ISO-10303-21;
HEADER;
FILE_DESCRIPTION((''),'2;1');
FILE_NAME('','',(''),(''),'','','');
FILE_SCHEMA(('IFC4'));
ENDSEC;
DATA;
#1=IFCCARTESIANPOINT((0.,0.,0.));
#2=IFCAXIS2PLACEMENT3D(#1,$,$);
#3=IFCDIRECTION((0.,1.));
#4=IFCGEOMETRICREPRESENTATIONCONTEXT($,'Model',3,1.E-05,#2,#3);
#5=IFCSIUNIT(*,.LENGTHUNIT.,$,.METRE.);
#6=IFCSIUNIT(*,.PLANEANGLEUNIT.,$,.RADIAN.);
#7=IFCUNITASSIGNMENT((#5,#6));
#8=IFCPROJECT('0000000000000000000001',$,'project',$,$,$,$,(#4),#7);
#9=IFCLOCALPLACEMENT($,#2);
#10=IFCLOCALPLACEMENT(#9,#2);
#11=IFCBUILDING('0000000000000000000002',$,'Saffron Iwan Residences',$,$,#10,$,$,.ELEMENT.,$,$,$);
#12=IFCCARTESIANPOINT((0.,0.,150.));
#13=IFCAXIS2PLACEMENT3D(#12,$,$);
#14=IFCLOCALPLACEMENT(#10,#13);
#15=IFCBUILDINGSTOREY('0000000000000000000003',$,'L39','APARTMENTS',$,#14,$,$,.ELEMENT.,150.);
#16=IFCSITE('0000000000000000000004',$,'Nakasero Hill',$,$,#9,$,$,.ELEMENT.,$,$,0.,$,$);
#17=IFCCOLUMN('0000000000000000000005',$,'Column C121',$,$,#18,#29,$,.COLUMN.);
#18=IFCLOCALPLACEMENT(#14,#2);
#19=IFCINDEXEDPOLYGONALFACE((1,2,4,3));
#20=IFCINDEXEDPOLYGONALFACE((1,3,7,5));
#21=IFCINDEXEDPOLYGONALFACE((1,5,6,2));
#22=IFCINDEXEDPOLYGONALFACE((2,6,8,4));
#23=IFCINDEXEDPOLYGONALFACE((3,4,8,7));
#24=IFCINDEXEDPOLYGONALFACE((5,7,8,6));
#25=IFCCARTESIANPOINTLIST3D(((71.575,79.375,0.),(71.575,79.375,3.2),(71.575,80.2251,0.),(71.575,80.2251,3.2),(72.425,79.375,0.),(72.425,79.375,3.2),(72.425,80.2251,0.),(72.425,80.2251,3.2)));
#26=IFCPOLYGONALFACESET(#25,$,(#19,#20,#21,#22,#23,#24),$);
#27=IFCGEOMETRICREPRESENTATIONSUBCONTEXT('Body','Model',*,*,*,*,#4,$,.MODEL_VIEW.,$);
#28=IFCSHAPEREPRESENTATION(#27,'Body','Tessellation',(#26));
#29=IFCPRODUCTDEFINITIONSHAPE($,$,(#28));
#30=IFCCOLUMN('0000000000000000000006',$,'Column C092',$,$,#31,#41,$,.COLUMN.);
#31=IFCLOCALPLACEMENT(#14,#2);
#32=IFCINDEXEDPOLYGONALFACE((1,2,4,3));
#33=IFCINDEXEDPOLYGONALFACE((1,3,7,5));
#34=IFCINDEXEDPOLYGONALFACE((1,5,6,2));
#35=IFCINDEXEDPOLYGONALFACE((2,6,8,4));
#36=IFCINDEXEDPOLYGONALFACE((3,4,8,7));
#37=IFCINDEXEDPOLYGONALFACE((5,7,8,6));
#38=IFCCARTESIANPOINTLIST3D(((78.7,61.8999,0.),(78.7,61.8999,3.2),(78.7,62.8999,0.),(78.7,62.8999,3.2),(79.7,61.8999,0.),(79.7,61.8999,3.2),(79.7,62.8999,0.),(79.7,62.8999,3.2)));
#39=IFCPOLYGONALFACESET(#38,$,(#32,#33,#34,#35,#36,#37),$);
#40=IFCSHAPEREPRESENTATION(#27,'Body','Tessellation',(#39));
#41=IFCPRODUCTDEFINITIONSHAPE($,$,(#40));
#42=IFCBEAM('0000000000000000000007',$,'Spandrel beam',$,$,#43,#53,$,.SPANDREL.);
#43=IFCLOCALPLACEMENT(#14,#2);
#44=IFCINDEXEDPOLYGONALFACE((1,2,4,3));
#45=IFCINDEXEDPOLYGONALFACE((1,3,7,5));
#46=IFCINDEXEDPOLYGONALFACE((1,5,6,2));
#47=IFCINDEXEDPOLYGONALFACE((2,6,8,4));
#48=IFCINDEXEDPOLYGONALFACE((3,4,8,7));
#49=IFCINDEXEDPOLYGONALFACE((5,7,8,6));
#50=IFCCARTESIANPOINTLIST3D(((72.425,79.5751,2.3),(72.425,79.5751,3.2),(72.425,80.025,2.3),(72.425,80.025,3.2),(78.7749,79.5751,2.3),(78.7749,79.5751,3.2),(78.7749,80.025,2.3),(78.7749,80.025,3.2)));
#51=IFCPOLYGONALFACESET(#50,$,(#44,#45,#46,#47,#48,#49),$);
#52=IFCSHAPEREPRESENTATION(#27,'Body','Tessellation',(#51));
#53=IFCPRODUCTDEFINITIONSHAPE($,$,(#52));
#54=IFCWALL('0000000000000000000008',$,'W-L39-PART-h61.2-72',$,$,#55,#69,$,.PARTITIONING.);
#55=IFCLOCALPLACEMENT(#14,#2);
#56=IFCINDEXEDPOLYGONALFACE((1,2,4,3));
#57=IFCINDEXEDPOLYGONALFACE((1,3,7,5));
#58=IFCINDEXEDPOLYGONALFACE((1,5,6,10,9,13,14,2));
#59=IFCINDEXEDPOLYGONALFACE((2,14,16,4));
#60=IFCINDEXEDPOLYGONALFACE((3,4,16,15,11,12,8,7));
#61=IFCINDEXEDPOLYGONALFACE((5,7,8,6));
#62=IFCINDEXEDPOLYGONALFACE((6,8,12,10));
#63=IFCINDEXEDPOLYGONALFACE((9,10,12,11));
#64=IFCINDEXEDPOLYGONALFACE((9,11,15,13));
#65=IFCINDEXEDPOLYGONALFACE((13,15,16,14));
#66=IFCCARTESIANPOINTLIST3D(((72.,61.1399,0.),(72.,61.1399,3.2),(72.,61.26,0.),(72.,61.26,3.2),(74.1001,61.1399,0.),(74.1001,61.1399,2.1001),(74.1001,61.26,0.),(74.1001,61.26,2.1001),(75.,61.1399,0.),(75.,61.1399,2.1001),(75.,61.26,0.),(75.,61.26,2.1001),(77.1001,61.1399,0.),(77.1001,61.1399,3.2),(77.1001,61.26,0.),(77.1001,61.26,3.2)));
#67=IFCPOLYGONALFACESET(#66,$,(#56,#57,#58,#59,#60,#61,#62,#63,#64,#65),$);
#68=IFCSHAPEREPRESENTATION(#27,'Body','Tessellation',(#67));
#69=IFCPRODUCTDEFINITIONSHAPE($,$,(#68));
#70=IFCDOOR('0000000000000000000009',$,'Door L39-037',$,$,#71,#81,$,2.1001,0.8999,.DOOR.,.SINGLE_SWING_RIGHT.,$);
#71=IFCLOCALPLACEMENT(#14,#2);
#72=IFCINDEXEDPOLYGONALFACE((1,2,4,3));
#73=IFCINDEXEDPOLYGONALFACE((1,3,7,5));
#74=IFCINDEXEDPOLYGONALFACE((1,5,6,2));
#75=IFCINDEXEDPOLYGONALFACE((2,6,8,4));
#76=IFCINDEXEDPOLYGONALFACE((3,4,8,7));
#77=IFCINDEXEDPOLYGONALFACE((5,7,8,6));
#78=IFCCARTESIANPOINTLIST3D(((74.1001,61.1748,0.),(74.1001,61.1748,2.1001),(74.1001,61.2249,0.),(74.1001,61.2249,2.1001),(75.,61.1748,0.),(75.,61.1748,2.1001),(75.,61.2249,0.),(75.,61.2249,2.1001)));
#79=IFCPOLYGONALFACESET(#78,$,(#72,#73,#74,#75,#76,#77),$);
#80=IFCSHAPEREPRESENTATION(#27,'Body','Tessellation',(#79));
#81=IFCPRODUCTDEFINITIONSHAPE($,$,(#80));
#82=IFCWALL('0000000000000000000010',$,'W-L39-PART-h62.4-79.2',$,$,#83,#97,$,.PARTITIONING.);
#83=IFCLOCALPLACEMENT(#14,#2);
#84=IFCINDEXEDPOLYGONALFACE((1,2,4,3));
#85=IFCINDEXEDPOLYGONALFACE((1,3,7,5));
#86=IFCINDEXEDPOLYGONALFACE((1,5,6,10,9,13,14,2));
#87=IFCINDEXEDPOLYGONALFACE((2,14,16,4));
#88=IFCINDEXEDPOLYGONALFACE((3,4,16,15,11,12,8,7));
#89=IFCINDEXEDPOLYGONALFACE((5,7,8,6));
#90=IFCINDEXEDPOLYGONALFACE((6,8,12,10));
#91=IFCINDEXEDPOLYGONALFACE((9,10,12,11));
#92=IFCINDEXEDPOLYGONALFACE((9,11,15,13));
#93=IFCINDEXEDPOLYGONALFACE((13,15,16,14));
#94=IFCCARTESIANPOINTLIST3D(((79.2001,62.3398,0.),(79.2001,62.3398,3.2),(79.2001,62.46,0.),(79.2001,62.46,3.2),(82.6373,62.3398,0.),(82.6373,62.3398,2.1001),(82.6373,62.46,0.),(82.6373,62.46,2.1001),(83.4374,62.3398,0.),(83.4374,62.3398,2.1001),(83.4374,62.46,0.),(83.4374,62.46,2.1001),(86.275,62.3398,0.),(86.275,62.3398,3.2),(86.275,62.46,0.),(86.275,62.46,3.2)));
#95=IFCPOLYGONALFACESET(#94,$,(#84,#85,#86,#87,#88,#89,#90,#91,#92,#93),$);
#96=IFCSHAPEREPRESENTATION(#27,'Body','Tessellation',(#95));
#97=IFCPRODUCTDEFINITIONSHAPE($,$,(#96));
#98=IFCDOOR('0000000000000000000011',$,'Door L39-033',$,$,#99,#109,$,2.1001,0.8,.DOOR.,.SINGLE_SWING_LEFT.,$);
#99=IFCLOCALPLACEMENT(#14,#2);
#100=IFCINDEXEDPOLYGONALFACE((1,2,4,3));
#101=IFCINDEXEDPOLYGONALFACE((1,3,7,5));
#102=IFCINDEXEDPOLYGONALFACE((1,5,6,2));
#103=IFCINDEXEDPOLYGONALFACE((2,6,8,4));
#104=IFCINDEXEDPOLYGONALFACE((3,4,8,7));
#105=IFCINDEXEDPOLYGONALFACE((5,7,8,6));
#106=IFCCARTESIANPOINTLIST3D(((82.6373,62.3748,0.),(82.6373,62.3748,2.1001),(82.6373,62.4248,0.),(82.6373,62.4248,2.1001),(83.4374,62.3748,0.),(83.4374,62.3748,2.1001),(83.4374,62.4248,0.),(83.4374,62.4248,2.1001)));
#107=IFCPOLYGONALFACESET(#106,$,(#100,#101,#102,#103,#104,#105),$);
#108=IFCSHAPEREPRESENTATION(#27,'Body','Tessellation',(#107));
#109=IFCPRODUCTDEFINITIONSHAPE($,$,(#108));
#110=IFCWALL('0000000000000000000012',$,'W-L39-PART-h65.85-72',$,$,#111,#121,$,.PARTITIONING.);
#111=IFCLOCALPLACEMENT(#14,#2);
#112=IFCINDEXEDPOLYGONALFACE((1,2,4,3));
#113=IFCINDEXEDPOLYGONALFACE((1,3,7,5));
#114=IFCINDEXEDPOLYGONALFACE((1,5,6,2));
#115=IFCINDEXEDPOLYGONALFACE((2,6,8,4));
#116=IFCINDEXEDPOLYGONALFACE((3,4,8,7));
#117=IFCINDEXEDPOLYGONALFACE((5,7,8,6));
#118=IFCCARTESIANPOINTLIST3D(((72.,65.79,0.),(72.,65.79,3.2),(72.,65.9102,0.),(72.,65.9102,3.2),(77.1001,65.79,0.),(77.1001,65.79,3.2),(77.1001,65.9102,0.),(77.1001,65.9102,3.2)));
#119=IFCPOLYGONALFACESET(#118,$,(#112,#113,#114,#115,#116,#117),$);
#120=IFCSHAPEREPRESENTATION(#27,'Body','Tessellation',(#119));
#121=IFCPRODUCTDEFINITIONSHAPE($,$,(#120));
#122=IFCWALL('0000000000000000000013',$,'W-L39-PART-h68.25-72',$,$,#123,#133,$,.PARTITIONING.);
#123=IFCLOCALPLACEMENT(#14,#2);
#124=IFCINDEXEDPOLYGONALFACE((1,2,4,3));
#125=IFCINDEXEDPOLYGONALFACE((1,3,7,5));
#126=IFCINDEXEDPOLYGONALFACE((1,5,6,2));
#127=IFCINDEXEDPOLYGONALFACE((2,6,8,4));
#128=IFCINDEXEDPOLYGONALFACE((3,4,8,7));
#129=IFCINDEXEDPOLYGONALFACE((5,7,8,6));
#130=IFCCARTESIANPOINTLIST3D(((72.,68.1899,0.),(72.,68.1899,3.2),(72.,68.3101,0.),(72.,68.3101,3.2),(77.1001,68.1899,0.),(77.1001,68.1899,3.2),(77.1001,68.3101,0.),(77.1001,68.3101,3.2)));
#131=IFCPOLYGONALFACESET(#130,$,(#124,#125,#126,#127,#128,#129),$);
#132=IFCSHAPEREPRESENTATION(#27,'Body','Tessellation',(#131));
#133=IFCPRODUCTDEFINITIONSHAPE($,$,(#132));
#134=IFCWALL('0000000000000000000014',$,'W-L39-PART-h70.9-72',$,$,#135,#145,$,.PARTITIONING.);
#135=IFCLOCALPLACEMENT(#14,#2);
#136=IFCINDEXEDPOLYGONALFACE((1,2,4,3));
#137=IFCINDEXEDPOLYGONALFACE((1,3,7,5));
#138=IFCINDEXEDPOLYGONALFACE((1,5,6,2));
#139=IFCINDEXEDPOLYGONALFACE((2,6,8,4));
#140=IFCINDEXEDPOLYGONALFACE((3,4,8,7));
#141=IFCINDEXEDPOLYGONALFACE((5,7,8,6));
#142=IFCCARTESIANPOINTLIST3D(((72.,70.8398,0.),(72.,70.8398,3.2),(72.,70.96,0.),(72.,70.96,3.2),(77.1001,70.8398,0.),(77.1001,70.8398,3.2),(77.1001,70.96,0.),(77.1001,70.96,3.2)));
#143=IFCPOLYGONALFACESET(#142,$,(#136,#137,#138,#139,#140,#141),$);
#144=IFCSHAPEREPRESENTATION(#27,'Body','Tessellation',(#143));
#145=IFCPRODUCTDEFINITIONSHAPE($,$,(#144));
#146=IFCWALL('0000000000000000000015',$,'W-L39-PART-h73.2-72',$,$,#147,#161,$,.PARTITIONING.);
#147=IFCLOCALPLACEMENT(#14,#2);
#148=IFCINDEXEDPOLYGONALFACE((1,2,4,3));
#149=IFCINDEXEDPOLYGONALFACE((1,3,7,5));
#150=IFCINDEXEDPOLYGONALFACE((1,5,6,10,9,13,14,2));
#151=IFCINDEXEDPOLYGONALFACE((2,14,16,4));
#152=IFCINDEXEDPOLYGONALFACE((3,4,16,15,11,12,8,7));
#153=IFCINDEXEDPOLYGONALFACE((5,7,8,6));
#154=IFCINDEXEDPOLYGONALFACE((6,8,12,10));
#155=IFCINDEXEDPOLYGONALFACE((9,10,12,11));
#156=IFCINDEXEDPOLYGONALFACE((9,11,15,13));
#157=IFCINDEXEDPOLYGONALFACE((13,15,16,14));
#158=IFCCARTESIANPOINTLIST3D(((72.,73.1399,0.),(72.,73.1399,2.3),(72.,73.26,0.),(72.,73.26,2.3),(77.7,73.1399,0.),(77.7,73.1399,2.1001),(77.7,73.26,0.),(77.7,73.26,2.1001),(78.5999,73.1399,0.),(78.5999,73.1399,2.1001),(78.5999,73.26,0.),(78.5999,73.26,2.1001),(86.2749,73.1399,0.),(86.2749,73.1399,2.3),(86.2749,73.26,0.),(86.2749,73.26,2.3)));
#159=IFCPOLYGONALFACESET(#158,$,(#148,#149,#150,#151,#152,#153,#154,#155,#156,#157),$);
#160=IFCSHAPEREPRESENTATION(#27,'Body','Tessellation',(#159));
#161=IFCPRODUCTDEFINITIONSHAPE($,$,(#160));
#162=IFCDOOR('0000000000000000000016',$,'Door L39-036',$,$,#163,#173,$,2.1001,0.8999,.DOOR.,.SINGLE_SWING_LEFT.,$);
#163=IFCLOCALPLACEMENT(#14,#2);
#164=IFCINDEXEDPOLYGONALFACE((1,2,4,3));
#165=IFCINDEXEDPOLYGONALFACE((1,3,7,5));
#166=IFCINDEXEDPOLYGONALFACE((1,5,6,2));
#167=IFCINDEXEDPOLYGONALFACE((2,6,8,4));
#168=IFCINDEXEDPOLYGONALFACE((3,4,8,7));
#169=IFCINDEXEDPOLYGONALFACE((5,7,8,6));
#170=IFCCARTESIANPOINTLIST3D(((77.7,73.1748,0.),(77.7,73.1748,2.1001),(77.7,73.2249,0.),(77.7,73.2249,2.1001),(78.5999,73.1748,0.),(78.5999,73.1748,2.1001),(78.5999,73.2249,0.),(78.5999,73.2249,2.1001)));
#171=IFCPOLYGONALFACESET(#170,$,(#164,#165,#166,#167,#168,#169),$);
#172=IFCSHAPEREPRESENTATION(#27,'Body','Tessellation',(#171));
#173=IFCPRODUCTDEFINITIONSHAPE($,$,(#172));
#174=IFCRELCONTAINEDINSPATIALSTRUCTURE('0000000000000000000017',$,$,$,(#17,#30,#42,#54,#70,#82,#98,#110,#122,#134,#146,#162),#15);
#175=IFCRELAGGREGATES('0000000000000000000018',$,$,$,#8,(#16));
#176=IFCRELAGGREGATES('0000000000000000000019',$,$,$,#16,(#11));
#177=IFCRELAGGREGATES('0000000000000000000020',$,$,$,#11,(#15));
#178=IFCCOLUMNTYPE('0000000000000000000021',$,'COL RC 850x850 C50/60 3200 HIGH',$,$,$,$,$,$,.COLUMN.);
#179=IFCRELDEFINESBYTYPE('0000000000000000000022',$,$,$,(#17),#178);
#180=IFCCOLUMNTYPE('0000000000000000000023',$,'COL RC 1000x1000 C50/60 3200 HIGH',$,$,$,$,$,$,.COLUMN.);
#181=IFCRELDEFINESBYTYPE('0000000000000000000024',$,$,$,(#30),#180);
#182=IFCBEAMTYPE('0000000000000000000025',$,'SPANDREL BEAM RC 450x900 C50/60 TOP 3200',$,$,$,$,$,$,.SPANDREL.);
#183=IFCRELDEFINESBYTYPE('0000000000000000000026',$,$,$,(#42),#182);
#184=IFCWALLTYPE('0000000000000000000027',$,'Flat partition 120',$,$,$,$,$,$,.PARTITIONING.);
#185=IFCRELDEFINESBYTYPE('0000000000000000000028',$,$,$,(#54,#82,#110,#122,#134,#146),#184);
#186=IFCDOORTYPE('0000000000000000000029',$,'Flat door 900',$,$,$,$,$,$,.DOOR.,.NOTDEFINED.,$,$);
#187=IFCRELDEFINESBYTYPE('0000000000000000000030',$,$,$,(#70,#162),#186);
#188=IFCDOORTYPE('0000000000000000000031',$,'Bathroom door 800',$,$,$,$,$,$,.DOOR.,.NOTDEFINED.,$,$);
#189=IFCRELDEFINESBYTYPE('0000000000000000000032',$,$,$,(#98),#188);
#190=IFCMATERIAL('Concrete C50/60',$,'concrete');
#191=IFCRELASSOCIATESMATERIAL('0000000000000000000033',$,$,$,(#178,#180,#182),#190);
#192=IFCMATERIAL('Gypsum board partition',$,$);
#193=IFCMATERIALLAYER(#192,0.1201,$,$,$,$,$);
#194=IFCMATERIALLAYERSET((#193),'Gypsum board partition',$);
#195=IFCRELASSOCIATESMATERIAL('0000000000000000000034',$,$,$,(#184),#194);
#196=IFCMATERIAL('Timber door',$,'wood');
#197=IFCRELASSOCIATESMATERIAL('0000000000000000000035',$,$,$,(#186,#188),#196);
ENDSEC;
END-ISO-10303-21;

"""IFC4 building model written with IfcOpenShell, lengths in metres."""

from ifc_helpers import new_model, si_unit, direction, frame, frame_2d, origin, origin_2d, place, context, subcontext, project, spatial, rectangle, extrude, source, transform, mapped, material, layer, layer_set, material_profile, profile_set, type_object, element, fill, save


model = new_model("IFC4")

# Units and contexts
model_context = context("Model", 3, precision=1e-05, world=origin(), true_north=direction((0.0, 1.0)))
body_context = subcontext(model_context, "Body", "Model", "MODEL_VIEW")
ifc_project = project(units=[si_unit("LENGTHUNIT", "METRE"), si_unit("PLANEANGLEUNIT", "RADIAN")], contexts=[model_context])

# Site, building, storey
site_placement = place(None, origin())
site = spatial("IfcSite", under=ifc_project, at=site_placement, Name="Nakasero Hill", CompositionType="ELEMENT", RefElevation=0.0)
building_placement = place(site_placement, origin())
building = spatial("IfcBuilding", under=site, at=building_placement, Name="Saffron Iwan Residences", CompositionType="ELEMENT")
storey_placement = place(building_placement, frame((0.0, 0.0, 150.0)))
storey = spatial("IfcBuildingStorey", under=building, at=storey_placement, Name="L39", Description="APARTMENTS", CompositionType="ELEMENT", Elevation=150.0)

# Columns
ifc_material_1 = material(Name="Concrete C50/60", Category="concrete")
ifc_material_profile_1 = material_profile(ifc_material_1, rectangle(XDim=0.8501, YDim=0.8501, at=origin_2d()), Name="RC 850x850")
ifc_profile_set_1 = profile_set([ifc_material_profile_1], Name="Concrete C50/60")
column_type_1 = type_object("IfcColumnType", Name="COL RC 850x850 C50/60 3200 HIGH", PredefinedType="COLUMN", material=ifc_profile_set_1)
shared_shape_1 = source(origin(), body_context, "Body", "SweptSolid", [
    extrude(rectangle(XDim=0.8501, YDim=0.8501, at=origin_2d()), origin(), (0.0, 0.0, 1.0), 3.2),
])
column_1_placement = place(storey_placement, frame((72.0, 79.8, 0.0), z_axis=(0.0, 0.0, 1.0), x_axis=(1.0, 0.0, 0.0)))
element("IfcColumn", 1, at=column_1_placement, inside=storey, type_object=column_type_1, Name="Column C121", PredefinedType="COLUMN", context=body_context, shape_type="MappedRepresentation", body=[
    mapped(shared_shape_1, transform((0.0, 0.0, 0.0))),
])
ifc_material_profile_2 = material_profile(ifc_material_1, rectangle(XDim=1.0, YDim=1.0, at=origin_2d()), Name="RC 1000x1000")
ifc_profile_set_2 = profile_set([ifc_material_profile_2], Name="Concrete C50/60")
column_type_2 = type_object("IfcColumnType", Name="COL RC 1000x1000 C50/60 3200 HIGH", PredefinedType="COLUMN", material=ifc_profile_set_2)
shared_shape_2 = source(origin(), body_context, "Body", "SweptSolid", [
    extrude(rectangle(XDim=1.0, YDim=1.0, at=origin_2d()), origin(), (0.0, 0.0, 1.0), 3.2),
])
column_2_placement = place(storey_placement, frame((79.2, 62.3999, 0.0), z_axis=(0.0, 0.0, 1.0), x_axis=(1.0, 0.0, 0.0)))
element("IfcColumn", 2, at=column_2_placement, inside=storey, type_object=column_type_2, Name="Column C092", PredefinedType="COLUMN", context=body_context, shape_type="MappedRepresentation", body=[
    mapped(shared_shape_2, transform((0.0, 0.0, 0.0))),
])

# Beam
ifc_material_profile_3 = material_profile(ifc_material_1, rectangle(XDim=0.45, YDim=0.8999, at=origin_2d()), Name="RC 450x900")
ifc_profile_set_3 = profile_set([ifc_material_profile_3], Name="Concrete C50/60")
beam_type = type_object("IfcBeamType", Name="SPANDREL BEAM RC 450x900 C50/60 TOP 3200", PredefinedType="SPANDREL", material=ifc_profile_set_3)
shared_shape_3 = source(origin(), body_context, "Body", "SweptSolid", [
    extrude(rectangle(XDim=0.45, YDim=0.8999, at=origin_2d()), origin(), (0.0, 0.0, 1.0), 6.3499),
])
beam_placement = place(storey_placement, frame((72.425, 79.8, 2.75), z_axis=(1.0, 0.0, 0.0), x_axis=(0.0, 1.0, 0.0)))
element("IfcBeam", 3, at=beam_placement, inside=storey, type_object=beam_type, Name="Spandrel beam", PredefinedType="SPANDREL", context=body_context, shape_type="MappedRepresentation", body=[
    mapped(shared_shape_3, transform((0.0, 0.0, 0.0))),
])

# Walls, openings, doors
ifc_material_2 = material(Name="Gypsum board partition")
ifc_layer_1 = layer(ifc_material_2, 0.1201)
ifc_layer_set_1 = layer_set([ifc_layer_1], Name="Gypsum board partition")
wall_type_1 = type_object("IfcWallType", Name="Flat partition 120", PredefinedType="PARTITIONING", material=ifc_layer_set_1)
wall_1_placement = place(storey_placement, frame((72.0, 61.2, 0.0), z_axis=(0.0, 0.0, 1.0), x_axis=(1.0, 0.0, 0.0)))
wall_1 = element("IfcWall", 4, at=wall_1_placement, inside=storey, type_object=wall_type_1, Name="W-L39-PART-h61.2-72", PredefinedType="PARTITIONING", context=body_context, shape_type="SweptSolid", body=[
    extrude(rectangle(XDim=5.1001, YDim=0.1201, at=frame_2d((2.55, 0.0))), origin(), (0.0, 0.0, 1.0), 3.2),
])
opening_1_placement = place(wall_1_placement, frame((2.1001, 0.0, 0.0)))
opening_1 = element("IfcOpeningElement", 5, at=opening_1_placement, cuts=wall_1, PredefinedType="OPENING", context=body_context, shape_type="SweptSolid", body=[
    extrude(rectangle(XDim=0.8999, YDim=2.1001, at=frame_2d((0.45, 1.05))), frame((0.0, 0.0701, 0.0), z_axis=(0.0, -1.0, 0.0), x_axis=(1.0, 0.0, 0.0)), (0.0, 0.0, 1.0), 0.1401),
])
ifc_material_3 = material(Name="Timber door", Category="wood")
door_type_1 = type_object("IfcDoorType", Name="Flat door 900", OperationType="NOTDEFINED", PredefinedType="DOOR", material=ifc_material_3)
door_1_placement = place(opening_1_placement, origin())
door_1 = element("IfcDoor", 6, at=door_1_placement, inside=storey, type_object=door_type_1, Name="Door L39-037", OperationType="SINGLE_SWING_RIGHT", OverallHeight=2.1001, OverallWidth=0.8999, PredefinedType="DOOR", context=body_context, shape_type="SweptSolid", body=[
    extrude(rectangle(XDim=0.8999, YDim=2.1001, at=frame_2d((0.45, 1.05))), frame((0.0, 0.0249, 0.0), z_axis=(0.0, -1.0, 0.0), x_axis=(1.0, 0.0, 0.0)), (0.0, 0.0, 1.0), 0.05),
])
fill(opening_1, door_1)
wall_2_placement = place(storey_placement, frame((79.2, 62.3999, 0.0), z_axis=(0.0, 0.0, 1.0), x_axis=(1.0, 0.0, 0.0)))
wall_2 = element("IfcWall", 7, at=wall_2_placement, inside=storey, type_object=wall_type_1, Name="W-L39-PART-h62.4-79.2", PredefinedType="PARTITIONING", context=body_context, shape_type="SweptSolid", body=[
    extrude(rectangle(XDim=7.075, YDim=0.1201, at=frame_2d((3.5376, 0.0))), origin(), (0.0, 0.0, 1.0), 3.2),
])
opening_2_placement = place(wall_2_placement, frame((3.4375, 0.0, 0.0)))
opening_2 = element("IfcOpeningElement", 8, at=opening_2_placement, cuts=wall_2, PredefinedType="OPENING", context=body_context, shape_type="SweptSolid", body=[
    extrude(rectangle(XDim=0.8, YDim=2.1001, at=frame_2d((0.3999, 1.05))), frame((0.0, 0.0701, 0.0), z_axis=(0.0, -1.0, 0.0), x_axis=(1.0, 0.0, 0.0)), (0.0, 0.0, 1.0), 0.1401),
])
door_type_2 = type_object("IfcDoorType", Name="Bathroom door 800", OperationType="NOTDEFINED", PredefinedType="DOOR", material=ifc_material_3)
door_2_placement = place(opening_2_placement, origin())
door_2 = element("IfcDoor", 9, at=door_2_placement, inside=storey, type_object=door_type_2, Name="Door L39-033", OperationType="SINGLE_SWING_LEFT", OverallHeight=2.1001, OverallWidth=0.8, PredefinedType="DOOR", context=body_context, shape_type="SweptSolid", body=[
    extrude(rectangle(XDim=0.8, YDim=2.1001, at=frame_2d((0.3999, 1.05))), frame((0.0, 0.0249, 0.0), z_axis=(0.0, -1.0, 0.0), x_axis=(1.0, 0.0, 0.0)), (0.0, 0.0, 1.0), 0.05),
])
fill(opening_2, door_2)

# Walls
for number, where, z_axis, x_axis, name in (
    (10, (72.0, 65.8501, 0.0), (0.0, 0.0, 1.0), (1.0, 0.0, 0.0), "W-L39-PART-h65.85-72"),
    (11, (72.0, 68.25, 0.0), (0.0, 0.0, 1.0), (1.0, 0.0, 0.0), "W-L39-PART-h68.25-72"),
    (12, (72.0, 70.8999, 0.0), (0.0, 0.0, 1.0), (1.0, 0.0, 0.0), "W-L39-PART-h70.9-72"),
):
    element("IfcWall", number, at=place(storey_placement, frame(where, z_axis=z_axis, x_axis=x_axis)), inside=storey, type_object=wall_type_1, Name=name, PredefinedType="PARTITIONING", context=body_context, shape_type="SweptSolid", body=[
        extrude(rectangle(XDim=5.1001, YDim=0.1201, at=frame_2d((2.55, 0.0))), origin(), (0.0, 0.0, 1.0), 3.2),
    ])

# Wall, opening, door
wall_3_placement = place(storey_placement, frame((72.0, 73.2, 0.0), z_axis=(0.0, 0.0, 1.0), x_axis=(1.0, 0.0, 0.0)))
wall_3 = element("IfcWall", 13, at=wall_3_placement, inside=storey, type_object=wall_type_1, Name="W-L39-PART-h73.2-72", PredefinedType="PARTITIONING", context=body_context, shape_type="SweptSolid", body=[
    extrude(rectangle(XDim=14.2749, YDim=0.1201, at=frame_2d((7.1375, 0.0))), origin(), (0.0, 0.0, 1.0), 2.3),
])
opening_3_placement = place(wall_3_placement, frame((5.7, 0.0, 0.0)))
opening_3 = element("IfcOpeningElement", 14, at=opening_3_placement, cuts=wall_3, PredefinedType="OPENING", context=body_context, shape_type="SweptSolid", body=[
    extrude(rectangle(XDim=0.8999, YDim=2.1001, at=frame_2d((0.45, 1.05))), frame((0.0, 0.0701, 0.0), z_axis=(0.0, -1.0, 0.0), x_axis=(1.0, 0.0, 0.0)), (0.0, 0.0, 1.0), 0.1401),
])
door_3_placement = place(opening_3_placement, origin())
door_3 = element("IfcDoor", 15, at=door_3_placement, inside=storey, type_object=door_type_1, Name="Door L39-036", OperationType="SINGLE_SWING_LEFT", OverallHeight=2.1001, OverallWidth=0.8999, PredefinedType="DOOR", context=body_context, shape_type="SweptSolid", body=[
    extrude(rectangle(XDim=0.8999, YDim=2.1001, at=frame_2d((0.45, 1.05))), frame((0.0, 0.0249, 0.0), z_axis=(0.0, -1.0, 0.0), x_axis=(1.0, 0.0, 0.0)), (0.0, 0.0, 1.0), 0.05),
])
fill(opening_3, door_3)

save(model, "model.ifc")
